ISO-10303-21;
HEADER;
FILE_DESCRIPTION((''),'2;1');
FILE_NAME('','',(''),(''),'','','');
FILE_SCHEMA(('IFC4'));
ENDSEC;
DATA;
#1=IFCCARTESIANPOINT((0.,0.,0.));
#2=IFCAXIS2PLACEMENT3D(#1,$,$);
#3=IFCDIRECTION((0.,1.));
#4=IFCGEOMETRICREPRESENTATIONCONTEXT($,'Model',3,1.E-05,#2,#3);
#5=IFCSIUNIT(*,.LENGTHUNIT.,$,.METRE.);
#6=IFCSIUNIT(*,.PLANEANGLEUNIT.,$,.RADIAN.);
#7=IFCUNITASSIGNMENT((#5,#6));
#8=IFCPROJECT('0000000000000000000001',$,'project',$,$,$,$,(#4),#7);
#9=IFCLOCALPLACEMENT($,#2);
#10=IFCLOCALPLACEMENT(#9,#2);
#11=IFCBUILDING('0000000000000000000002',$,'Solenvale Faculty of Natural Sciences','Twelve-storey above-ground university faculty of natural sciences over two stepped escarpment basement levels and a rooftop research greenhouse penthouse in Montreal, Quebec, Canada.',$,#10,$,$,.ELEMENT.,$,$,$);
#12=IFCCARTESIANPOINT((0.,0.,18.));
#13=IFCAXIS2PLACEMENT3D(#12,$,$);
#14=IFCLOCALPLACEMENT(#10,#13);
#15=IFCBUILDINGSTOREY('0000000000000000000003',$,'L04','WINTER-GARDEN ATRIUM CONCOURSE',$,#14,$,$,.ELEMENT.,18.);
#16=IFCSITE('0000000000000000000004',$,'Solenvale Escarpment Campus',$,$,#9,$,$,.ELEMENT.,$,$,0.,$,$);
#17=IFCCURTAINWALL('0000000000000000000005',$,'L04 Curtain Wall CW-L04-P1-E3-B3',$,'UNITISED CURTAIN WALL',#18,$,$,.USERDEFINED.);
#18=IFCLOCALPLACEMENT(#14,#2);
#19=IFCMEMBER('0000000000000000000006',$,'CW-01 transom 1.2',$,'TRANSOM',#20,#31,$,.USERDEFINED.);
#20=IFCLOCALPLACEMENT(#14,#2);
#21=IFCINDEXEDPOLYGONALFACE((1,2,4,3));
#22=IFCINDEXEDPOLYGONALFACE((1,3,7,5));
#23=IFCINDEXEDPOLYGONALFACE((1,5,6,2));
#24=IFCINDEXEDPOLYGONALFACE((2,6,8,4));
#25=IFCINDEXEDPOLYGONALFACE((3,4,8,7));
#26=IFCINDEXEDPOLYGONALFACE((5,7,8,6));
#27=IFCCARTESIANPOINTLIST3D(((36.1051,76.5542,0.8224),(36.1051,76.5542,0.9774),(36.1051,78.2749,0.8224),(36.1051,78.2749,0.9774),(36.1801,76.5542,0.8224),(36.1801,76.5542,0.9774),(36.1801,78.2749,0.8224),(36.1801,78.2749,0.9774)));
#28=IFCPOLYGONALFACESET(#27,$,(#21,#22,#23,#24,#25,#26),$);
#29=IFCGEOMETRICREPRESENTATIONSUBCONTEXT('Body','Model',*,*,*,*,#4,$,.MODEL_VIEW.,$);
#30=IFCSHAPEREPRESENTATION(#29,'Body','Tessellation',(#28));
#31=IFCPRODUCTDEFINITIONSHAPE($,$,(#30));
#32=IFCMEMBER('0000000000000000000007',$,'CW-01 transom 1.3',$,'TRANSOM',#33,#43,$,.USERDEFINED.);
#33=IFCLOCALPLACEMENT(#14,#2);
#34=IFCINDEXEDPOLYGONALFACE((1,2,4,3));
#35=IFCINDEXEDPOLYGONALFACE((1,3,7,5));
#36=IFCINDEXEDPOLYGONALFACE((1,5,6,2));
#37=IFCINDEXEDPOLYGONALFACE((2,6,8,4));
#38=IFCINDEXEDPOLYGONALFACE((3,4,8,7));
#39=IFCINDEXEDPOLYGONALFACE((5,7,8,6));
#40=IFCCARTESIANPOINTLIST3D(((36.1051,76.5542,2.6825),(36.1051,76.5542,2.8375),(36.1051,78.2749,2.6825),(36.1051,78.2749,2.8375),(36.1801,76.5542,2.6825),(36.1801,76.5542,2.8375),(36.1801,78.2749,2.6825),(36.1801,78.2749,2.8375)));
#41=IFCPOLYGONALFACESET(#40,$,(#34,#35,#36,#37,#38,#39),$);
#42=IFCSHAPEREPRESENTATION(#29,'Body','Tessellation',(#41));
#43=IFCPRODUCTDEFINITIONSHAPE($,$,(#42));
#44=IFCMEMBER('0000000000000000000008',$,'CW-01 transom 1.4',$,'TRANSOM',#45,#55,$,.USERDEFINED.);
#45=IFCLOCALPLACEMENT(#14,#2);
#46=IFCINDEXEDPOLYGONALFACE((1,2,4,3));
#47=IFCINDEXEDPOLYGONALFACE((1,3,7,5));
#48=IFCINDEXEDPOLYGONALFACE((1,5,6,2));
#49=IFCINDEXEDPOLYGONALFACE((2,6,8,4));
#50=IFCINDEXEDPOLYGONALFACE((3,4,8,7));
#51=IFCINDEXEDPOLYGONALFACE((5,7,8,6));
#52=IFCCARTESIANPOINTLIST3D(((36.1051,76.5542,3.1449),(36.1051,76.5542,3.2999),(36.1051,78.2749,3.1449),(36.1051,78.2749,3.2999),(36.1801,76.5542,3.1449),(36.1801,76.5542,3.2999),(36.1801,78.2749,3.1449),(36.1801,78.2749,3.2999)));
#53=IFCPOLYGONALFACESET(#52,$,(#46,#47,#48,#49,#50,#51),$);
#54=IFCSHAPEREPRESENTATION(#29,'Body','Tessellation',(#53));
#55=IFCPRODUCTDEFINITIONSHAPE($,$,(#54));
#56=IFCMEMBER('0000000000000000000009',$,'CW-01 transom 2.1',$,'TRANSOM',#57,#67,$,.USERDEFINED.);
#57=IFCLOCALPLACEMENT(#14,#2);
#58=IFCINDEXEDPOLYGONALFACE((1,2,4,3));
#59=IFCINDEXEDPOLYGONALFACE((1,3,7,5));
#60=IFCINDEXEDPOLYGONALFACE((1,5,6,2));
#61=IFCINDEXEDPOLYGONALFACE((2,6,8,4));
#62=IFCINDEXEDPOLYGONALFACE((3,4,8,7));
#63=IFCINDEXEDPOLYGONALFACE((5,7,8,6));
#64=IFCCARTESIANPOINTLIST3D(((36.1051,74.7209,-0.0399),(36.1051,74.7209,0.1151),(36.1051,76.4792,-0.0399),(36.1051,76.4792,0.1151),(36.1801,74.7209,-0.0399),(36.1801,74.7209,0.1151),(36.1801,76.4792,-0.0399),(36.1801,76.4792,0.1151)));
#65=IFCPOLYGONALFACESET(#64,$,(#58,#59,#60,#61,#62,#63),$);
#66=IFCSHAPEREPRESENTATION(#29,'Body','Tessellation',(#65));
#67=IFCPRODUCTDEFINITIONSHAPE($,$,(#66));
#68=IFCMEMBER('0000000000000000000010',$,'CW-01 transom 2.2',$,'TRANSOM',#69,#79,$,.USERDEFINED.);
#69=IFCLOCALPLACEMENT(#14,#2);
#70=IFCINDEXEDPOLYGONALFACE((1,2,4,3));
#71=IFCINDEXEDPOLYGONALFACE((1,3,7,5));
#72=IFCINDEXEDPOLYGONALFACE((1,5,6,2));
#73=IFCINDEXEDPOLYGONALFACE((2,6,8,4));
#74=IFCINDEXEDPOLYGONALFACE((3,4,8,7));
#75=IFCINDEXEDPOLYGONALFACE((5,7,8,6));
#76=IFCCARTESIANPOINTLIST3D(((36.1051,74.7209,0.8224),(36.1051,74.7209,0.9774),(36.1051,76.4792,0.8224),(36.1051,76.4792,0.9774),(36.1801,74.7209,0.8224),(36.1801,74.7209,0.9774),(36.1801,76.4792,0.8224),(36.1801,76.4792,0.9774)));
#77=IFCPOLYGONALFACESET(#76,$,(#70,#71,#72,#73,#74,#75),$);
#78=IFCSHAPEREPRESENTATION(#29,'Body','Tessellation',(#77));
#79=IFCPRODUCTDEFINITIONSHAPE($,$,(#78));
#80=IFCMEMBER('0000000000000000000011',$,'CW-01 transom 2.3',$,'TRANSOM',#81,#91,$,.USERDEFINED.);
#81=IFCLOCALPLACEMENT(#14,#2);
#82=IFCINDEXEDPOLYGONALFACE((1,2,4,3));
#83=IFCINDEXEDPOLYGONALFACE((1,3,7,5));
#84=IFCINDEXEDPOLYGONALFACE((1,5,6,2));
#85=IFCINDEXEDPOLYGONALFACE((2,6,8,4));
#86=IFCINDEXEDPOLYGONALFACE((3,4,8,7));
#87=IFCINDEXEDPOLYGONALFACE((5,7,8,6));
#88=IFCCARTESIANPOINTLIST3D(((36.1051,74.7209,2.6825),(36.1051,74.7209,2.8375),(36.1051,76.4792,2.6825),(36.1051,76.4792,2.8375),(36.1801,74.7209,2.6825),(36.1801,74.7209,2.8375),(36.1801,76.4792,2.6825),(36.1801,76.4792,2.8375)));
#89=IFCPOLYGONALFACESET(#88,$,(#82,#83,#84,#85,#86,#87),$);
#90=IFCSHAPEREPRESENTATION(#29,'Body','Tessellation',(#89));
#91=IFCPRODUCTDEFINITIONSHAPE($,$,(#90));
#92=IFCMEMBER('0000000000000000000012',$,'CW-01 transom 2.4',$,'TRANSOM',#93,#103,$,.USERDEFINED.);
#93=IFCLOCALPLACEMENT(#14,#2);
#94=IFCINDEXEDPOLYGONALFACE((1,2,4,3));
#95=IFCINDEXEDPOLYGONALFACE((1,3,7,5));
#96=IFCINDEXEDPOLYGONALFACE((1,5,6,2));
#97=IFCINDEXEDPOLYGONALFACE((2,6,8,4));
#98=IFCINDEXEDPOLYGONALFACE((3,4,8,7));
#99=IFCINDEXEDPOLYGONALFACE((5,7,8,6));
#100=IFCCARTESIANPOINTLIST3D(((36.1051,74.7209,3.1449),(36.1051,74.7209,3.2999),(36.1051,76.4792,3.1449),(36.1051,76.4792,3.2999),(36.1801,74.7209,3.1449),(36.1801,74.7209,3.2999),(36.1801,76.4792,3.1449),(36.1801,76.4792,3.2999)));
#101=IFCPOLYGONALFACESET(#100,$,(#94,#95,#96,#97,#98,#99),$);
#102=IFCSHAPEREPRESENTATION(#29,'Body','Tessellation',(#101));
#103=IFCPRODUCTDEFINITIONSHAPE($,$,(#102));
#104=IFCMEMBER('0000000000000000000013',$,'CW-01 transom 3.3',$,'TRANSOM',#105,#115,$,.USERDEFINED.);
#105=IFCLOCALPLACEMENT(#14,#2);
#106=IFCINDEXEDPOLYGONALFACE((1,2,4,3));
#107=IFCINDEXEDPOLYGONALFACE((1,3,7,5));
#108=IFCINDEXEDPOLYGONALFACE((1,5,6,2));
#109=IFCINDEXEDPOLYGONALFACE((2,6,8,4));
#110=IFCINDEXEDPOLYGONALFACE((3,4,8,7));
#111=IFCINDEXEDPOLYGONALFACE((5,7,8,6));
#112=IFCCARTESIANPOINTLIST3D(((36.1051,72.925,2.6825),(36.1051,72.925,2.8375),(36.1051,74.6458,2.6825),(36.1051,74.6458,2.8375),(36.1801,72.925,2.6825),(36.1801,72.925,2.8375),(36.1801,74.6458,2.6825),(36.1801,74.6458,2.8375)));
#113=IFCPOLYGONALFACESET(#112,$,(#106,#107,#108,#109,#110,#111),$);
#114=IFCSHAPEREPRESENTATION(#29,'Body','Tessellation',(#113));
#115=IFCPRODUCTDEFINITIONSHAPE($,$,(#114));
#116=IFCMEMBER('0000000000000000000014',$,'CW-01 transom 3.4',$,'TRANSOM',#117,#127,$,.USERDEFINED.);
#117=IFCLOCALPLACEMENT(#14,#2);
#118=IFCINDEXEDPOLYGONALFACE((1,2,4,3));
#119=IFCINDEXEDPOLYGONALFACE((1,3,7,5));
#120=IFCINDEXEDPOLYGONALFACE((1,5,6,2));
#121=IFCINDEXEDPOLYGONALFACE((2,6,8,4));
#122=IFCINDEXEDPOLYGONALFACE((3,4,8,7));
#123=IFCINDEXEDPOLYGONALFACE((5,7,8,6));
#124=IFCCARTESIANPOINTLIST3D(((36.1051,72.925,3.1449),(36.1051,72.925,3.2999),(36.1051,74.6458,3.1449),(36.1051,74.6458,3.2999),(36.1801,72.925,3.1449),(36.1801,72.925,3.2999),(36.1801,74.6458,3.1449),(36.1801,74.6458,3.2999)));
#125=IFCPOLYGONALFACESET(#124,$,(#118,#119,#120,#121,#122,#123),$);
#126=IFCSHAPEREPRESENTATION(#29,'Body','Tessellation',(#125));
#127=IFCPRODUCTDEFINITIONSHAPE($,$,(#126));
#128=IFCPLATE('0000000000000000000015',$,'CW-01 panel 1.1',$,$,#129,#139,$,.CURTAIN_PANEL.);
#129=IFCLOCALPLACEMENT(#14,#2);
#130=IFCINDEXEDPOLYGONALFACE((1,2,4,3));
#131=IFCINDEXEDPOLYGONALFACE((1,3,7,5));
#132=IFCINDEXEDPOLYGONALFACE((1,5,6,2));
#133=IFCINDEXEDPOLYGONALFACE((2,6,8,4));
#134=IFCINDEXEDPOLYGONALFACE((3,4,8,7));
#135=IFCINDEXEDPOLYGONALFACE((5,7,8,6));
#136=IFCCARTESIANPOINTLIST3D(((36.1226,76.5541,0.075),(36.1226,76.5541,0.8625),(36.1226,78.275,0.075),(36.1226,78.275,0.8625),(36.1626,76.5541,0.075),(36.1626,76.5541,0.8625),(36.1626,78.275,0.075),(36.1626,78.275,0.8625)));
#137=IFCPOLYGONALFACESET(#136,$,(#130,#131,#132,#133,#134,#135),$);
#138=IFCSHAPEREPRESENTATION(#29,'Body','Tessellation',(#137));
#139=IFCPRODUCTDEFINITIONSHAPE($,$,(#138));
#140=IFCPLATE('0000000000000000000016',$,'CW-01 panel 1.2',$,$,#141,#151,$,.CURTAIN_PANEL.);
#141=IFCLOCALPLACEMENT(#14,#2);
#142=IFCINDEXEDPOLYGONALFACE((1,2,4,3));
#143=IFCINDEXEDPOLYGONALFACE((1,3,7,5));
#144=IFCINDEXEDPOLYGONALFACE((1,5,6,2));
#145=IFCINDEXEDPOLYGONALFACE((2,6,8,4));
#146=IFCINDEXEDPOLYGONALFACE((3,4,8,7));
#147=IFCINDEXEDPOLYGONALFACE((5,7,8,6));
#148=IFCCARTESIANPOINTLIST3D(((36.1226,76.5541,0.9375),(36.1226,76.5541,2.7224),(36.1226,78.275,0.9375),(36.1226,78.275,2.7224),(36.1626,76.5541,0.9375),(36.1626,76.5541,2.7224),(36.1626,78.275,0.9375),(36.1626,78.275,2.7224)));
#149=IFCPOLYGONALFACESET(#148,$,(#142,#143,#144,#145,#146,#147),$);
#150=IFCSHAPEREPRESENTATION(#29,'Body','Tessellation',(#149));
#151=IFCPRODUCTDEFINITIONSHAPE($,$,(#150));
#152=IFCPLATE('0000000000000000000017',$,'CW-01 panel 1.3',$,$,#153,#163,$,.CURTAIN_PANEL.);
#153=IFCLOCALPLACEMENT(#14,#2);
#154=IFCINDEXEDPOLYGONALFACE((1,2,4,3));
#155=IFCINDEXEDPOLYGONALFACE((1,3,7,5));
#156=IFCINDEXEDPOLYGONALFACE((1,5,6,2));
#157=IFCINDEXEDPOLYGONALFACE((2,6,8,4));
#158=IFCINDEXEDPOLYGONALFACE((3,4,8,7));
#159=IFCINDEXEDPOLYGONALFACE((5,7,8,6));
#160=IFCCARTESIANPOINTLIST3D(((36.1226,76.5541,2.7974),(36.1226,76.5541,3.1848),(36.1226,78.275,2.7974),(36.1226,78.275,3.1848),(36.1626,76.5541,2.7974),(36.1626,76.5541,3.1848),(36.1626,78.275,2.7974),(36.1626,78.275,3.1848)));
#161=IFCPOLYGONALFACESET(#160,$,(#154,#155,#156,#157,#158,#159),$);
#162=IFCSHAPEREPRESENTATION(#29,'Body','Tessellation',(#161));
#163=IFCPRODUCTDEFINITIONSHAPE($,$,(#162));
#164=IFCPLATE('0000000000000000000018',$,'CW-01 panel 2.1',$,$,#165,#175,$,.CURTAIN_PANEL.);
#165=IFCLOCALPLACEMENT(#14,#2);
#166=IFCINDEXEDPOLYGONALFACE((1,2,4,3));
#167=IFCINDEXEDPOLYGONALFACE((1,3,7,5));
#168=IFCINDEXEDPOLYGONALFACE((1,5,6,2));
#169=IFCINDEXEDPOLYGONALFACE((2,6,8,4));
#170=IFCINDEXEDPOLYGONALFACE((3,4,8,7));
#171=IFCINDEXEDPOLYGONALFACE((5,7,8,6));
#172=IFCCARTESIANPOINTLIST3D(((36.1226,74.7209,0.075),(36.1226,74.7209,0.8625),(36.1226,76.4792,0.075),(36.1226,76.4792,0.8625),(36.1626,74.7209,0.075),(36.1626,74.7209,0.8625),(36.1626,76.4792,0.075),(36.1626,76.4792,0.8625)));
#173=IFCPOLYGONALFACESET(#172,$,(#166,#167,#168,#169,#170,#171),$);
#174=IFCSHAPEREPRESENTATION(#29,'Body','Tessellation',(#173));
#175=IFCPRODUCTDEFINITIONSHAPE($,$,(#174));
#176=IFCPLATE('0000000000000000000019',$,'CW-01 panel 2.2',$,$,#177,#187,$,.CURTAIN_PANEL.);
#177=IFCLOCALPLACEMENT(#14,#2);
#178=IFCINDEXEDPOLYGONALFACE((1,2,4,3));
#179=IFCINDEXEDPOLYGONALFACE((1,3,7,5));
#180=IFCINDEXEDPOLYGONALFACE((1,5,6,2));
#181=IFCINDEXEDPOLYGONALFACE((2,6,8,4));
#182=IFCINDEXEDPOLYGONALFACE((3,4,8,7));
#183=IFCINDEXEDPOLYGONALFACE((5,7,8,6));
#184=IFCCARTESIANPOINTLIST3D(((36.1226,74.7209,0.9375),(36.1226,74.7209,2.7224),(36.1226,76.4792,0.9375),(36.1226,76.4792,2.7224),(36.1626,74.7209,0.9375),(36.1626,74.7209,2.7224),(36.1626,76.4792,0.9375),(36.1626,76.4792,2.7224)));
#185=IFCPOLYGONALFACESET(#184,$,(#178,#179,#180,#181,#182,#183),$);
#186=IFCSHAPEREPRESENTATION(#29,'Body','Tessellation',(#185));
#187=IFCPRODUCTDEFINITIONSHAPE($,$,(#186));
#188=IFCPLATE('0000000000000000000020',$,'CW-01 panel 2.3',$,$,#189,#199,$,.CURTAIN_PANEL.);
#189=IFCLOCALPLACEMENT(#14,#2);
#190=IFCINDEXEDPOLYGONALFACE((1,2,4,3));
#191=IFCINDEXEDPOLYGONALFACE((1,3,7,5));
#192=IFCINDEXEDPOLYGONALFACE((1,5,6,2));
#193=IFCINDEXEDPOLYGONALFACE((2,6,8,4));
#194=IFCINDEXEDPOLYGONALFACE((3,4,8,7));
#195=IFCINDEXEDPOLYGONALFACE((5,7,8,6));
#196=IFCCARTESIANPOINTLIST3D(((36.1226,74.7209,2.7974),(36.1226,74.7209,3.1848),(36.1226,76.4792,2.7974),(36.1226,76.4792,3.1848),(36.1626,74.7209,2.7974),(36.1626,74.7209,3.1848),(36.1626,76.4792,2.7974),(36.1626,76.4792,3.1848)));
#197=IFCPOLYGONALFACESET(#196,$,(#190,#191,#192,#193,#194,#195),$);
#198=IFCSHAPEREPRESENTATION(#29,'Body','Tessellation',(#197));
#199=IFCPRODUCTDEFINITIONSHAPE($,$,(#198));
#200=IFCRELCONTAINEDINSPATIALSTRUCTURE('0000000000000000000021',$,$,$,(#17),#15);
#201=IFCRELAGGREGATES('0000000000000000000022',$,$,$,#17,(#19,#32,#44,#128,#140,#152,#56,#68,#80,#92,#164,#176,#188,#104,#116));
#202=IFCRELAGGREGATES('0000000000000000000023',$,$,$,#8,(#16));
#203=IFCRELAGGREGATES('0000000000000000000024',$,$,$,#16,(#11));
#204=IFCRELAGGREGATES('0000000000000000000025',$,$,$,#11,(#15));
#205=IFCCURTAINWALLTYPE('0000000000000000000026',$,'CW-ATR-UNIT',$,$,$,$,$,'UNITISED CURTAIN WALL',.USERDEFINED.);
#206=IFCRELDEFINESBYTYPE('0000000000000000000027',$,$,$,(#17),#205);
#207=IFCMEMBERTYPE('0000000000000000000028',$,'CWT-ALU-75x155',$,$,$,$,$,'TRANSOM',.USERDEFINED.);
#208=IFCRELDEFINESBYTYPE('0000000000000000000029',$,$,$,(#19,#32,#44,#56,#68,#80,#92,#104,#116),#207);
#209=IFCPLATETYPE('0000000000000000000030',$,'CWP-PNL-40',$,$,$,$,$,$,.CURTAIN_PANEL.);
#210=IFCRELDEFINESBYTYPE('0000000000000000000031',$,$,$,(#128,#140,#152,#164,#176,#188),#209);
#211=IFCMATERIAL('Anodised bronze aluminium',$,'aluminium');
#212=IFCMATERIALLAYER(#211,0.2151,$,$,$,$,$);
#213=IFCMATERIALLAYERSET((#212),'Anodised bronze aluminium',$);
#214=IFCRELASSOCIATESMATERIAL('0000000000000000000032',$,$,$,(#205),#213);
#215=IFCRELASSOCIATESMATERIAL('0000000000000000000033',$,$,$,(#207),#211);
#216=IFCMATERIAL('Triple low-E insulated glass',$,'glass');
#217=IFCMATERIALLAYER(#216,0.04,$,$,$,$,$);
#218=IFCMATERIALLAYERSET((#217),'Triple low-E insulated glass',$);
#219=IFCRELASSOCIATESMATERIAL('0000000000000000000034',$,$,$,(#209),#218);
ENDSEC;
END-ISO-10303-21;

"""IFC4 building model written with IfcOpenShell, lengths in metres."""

from ifc_helpers import new_model, si_unit, direction, frame, origin, origin_2d, place, context, subcontext, project, spatial, rectangle, extrude, material, layer, layer_set, material_profile, profile_set, type_object, element, aggregate, save


model = new_model("IFC4")

# Units and contexts
model_context = context("Model", 3, precision=1e-05, world=origin(), true_north=direction((0.0, 1.0)))
body_context = subcontext(model_context, "Body", "Model", "MODEL_VIEW")
ifc_project = project(units=[si_unit("LENGTHUNIT", "METRE"), si_unit("PLANEANGLEUNIT", "RADIAN")], contexts=[model_context])

# Site, building, storey
site_placement = place(None, origin())
site = spatial("IfcSite", under=ifc_project, at=site_placement, Name="Solenvale Escarpment Campus", CompositionType="ELEMENT", RefElevation=0.0)
building_placement = place(site_placement, origin())
building = spatial("IfcBuilding", under=site, at=building_placement, Name="Solenvale Faculty of Natural Sciences", Description="Twelve-storey above-ground university faculty of natural sciences over two stepped escarpment basement levels and a rooftop research greenhouse penthouse in Montreal, Quebec, Canada.", CompositionType="ELEMENT")
storey_placement = place(building_placement, frame((0.0, 0.0, 18.0)))
storey = spatial("IfcBuildingStorey", under=building, at=storey_placement, Name="L04", Description="WINTER-GARDEN ATRIUM CONCOURSE", CompositionType="ELEMENT", Elevation=18.0)

# Curtain wall, members, plates
ifc_material_1 = material(Name="Anodised bronze aluminium", Category="aluminium")
ifc_layer_1 = layer(ifc_material_1, 0.2151)
ifc_layer_set_1 = layer_set([ifc_layer_1], Name="Anodised bronze aluminium")
curtain_wall_type = type_object("IfcCurtainWallType", Name="CW-ATR-UNIT", ElementType="UNITISED CURTAIN WALL", PredefinedType="USERDEFINED", material=ifc_layer_set_1)
curtain_wall_placement = place(storey_placement, origin())
curtain_wall = element("IfcCurtainWall", 1, at=curtain_wall_placement, inside=storey, type_object=curtain_wall_type, Name="L04 Curtain Wall CW-L04-P1-E3-B3", ObjectType="UNITISED CURTAIN WALL", PredefinedType="USERDEFINED")
ifc_material_profile_1 = material_profile(ifc_material_1, rectangle(XDim=0.075, YDim=0.155, at=origin_2d()), Name="ALU-TRN-75x155")
ifc_profile_set_1 = profile_set([ifc_material_profile_1], Name="Anodised bronze aluminium")
member_type_1 = type_object("IfcMemberType", Name="CWT-ALU-75x155", ElementType="TRANSOM", PredefinedType="USERDEFINED", material=ifc_profile_set_1)
member_1_placement = place(storey_placement, frame((36.1426, 78.2749, 0.8999), z_axis=(0.0, -1.0, 0.0), x_axis=(1.0, 0.0, 0.0)))
member_1 = element("IfcMember", 2, at=member_1_placement, type_object=member_type_1, Name="CW-01 transom 1.2", ObjectType="TRANSOM", PredefinedType="USERDEFINED", context=body_context, shape_type="SweptSolid", body=[
    extrude(rectangle(XDim=0.075, YDim=0.155, at=origin_2d()), origin(), (0.0, 0.0, 1.0), 1.7207),
])
member_2_placement = place(storey_placement, frame((36.1426, 78.2749, 2.76), z_axis=(0.0, -1.0, 0.0), x_axis=(1.0, 0.0, 0.0)))
member_2 = element("IfcMember", 3, at=member_2_placement, type_object=member_type_1, Name="CW-01 transom 1.3", ObjectType="TRANSOM", PredefinedType="USERDEFINED", context=body_context, shape_type="SweptSolid", body=[
    extrude(rectangle(XDim=0.075, YDim=0.155, at=origin_2d()), origin(), (0.0, 0.0, 1.0), 1.7207),
])
member_3_placement = place(storey_placement, frame((36.1426, 78.2749, 3.2224), z_axis=(0.0, -1.0, 0.0), x_axis=(1.0, 0.0, 0.0)))
member_3 = element("IfcMember", 4, at=member_3_placement, type_object=member_type_1, Name="CW-01 transom 1.4", ObjectType="TRANSOM", PredefinedType="USERDEFINED", context=body_context, shape_type="SweptSolid", body=[
    extrude(rectangle(XDim=0.075, YDim=0.155, at=origin_2d()), origin(), (0.0, 0.0, 1.0), 1.7207),
])
member_4_placement = place(storey_placement, frame((36.1426, 76.4792, 0.0376), z_axis=(0.0, -1.0, 0.0), x_axis=(1.0, 0.0, 0.0)))
member_4 = element("IfcMember", 5, at=member_4_placement, type_object=member_type_1, Name="CW-01 transom 2.1", ObjectType="TRANSOM", PredefinedType="USERDEFINED", context=body_context, shape_type="SweptSolid", body=[
    extrude(rectangle(XDim=0.075, YDim=0.155, at=origin_2d()), origin(), (0.0, 0.0, 1.0), 1.7583),
])
member_5_placement = place(storey_placement, frame((36.1426, 76.4792, 0.8999), z_axis=(0.0, -1.0, 0.0), x_axis=(1.0, 0.0, 0.0)))
member_5 = element("IfcMember", 6, at=member_5_placement, type_object=member_type_1, Name="CW-01 transom 2.2", ObjectType="TRANSOM", PredefinedType="USERDEFINED", context=body_context, shape_type="SweptSolid", body=[
    extrude(rectangle(XDim=0.075, YDim=0.155, at=origin_2d()), origin(), (0.0, 0.0, 1.0), 1.7583),
])
member_6_placement = place(storey_placement, frame((36.1426, 76.4792, 2.76), z_axis=(0.0, -1.0, 0.0), x_axis=(1.0, 0.0, 0.0)))
member_6 = element("IfcMember", 7, at=member_6_placement, type_object=member_type_1, Name="CW-01 transom 2.3", ObjectType="TRANSOM", PredefinedType="USERDEFINED", context=body_context, shape_type="SweptSolid", body=[
    extrude(rectangle(XDim=0.075, YDim=0.155, at=origin_2d()), origin(), (0.0, 0.0, 1.0), 1.7583),
])
member_7_placement = place(storey_placement, frame((36.1426, 76.4792, 3.2224), z_axis=(0.0, -1.0, 0.0), x_axis=(1.0, 0.0, 0.0)))
member_7 = element("IfcMember", 8, at=member_7_placement, type_object=member_type_1, Name="CW-01 transom 2.4", ObjectType="TRANSOM", PredefinedType="USERDEFINED", context=body_context, shape_type="SweptSolid", body=[
    extrude(rectangle(XDim=0.075, YDim=0.155, at=origin_2d()), origin(), (0.0, 0.0, 1.0), 1.7583),
])
member_8_placement = place(storey_placement, frame((36.1426, 74.6458, 2.76), z_axis=(0.0, -1.0, 0.0), x_axis=(1.0, 0.0, 0.0)))
member_8 = element("IfcMember", 9, at=member_8_placement, type_object=member_type_1, Name="CW-01 transom 3.3", ObjectType="TRANSOM", PredefinedType="USERDEFINED", context=body_context, shape_type="SweptSolid", body=[
    extrude(rectangle(XDim=0.075, YDim=0.155, at=origin_2d()), origin(), (0.0, 0.0, 1.0), 1.7207),
])
member_9_placement = place(storey_placement, frame((36.1426, 74.6458, 3.2224), z_axis=(0.0, -1.0, 0.0), x_axis=(1.0, 0.0, 0.0)))
member_9 = element("IfcMember", 10, at=member_9_placement, type_object=member_type_1, Name="CW-01 transom 3.4", ObjectType="TRANSOM", PredefinedType="USERDEFINED", context=body_context, shape_type="SweptSolid", body=[
    extrude(rectangle(XDim=0.075, YDim=0.155, at=origin_2d()), origin(), (0.0, 0.0, 1.0), 1.7207),
])
ifc_material_2 = material(Name="Triple low-E insulated glass", Category="glass")
ifc_layer_2 = layer(ifc_material_2, 0.04)
ifc_layer_set_2 = layer_set([ifc_layer_2], Name="Triple low-E insulated glass")
plate_type = type_object("IfcPlateType", Name="CWP-PNL-40", PredefinedType="CURTAIN_PANEL", material=ifc_layer_set_2)
plate_1_placement = place(storey_placement, frame((36.1426, 77.4146, 0.075), z_axis=(0.0, 0.0, 1.0), x_axis=(0.0, -1.0, 0.0)))
plate_1 = element("IfcPlate", 11, at=plate_1_placement, type_object=plate_type, Name="CW-01 panel 1.1", PredefinedType="CURTAIN_PANEL", context=body_context, shape_type="SweptSolid", body=[
    extrude(rectangle(XDim=1.7209, YDim=0.04, at=origin_2d()), origin(), (0.0, 0.0, 1.0), 0.7876),
])
plate_2_placement = place(storey_placement, frame((36.1426, 77.4146, 0.9375), z_axis=(0.0, 0.0, 1.0), x_axis=(0.0, -1.0, 0.0)))
plate_2 = element("IfcPlate", 12, at=plate_2_placement, type_object=plate_type, Name="CW-01 panel 1.2", PredefinedType="CURTAIN_PANEL", context=body_context, shape_type="SweptSolid", body=[
    extrude(rectangle(XDim=1.7209, YDim=0.04, at=origin_2d()), origin(), (0.0, 0.0, 1.0), 1.7849),
])
plate_3_placement = place(storey_placement, frame((36.1426, 77.4146, 2.7974), z_axis=(0.0, 0.0, 1.0), x_axis=(0.0, -1.0, 0.0)))
plate_3 = element("IfcPlate", 13, at=plate_3_placement, type_object=plate_type, Name="CW-01 panel 1.3", PredefinedType="CURTAIN_PANEL", context=body_context, shape_type="SweptSolid", body=[
    extrude(rectangle(XDim=1.7209, YDim=0.04, at=origin_2d()), origin(), (0.0, 0.0, 1.0), 0.3875),
])
plate_4_placement = place(storey_placement, frame((36.1426, 75.6001, 0.075), z_axis=(0.0, 0.0, 1.0), x_axis=(0.0, -1.0, 0.0)))
plate_4 = element("IfcPlate", 14, at=plate_4_placement, type_object=plate_type, Name="CW-01 panel 2.1", PredefinedType="CURTAIN_PANEL", context=body_context, shape_type="SweptSolid", body=[
    extrude(rectangle(XDim=1.7583, YDim=0.04, at=origin_2d()), origin(), (0.0, 0.0, 1.0), 0.7876),
])
plate_5_placement = place(storey_placement, frame((36.1426, 75.6001, 0.9375), z_axis=(0.0, 0.0, 1.0), x_axis=(0.0, -1.0, 0.0)))
plate_5 = element("IfcPlate", 15, at=plate_5_placement, type_object=plate_type, Name="CW-01 panel 2.2", PredefinedType="CURTAIN_PANEL", context=body_context, shape_type="SweptSolid", body=[
    extrude(rectangle(XDim=1.7583, YDim=0.04, at=origin_2d()), origin(), (0.0, 0.0, 1.0), 1.7849),
])
plate_6_placement = place(storey_placement, frame((36.1426, 75.6001, 2.7974), z_axis=(0.0, 0.0, 1.0), x_axis=(0.0, -1.0, 0.0)))
plate_6 = element("IfcPlate", 16, at=plate_6_placement, type_object=plate_type, Name="CW-01 panel 2.3", PredefinedType="CURTAIN_PANEL", context=body_context, shape_type="SweptSolid", body=[
    extrude(rectangle(XDim=1.7583, YDim=0.04, at=origin_2d()), origin(), (0.0, 0.0, 1.0), 0.3875),
])
aggregate(curtain_wall, [member_1, member_2, member_3, plate_1, plate_2, plate_3, member_4, member_5, member_6, member_7, plate_4, plate_5, plate_6, member_8, member_9])

save(model, "model.ifc")
